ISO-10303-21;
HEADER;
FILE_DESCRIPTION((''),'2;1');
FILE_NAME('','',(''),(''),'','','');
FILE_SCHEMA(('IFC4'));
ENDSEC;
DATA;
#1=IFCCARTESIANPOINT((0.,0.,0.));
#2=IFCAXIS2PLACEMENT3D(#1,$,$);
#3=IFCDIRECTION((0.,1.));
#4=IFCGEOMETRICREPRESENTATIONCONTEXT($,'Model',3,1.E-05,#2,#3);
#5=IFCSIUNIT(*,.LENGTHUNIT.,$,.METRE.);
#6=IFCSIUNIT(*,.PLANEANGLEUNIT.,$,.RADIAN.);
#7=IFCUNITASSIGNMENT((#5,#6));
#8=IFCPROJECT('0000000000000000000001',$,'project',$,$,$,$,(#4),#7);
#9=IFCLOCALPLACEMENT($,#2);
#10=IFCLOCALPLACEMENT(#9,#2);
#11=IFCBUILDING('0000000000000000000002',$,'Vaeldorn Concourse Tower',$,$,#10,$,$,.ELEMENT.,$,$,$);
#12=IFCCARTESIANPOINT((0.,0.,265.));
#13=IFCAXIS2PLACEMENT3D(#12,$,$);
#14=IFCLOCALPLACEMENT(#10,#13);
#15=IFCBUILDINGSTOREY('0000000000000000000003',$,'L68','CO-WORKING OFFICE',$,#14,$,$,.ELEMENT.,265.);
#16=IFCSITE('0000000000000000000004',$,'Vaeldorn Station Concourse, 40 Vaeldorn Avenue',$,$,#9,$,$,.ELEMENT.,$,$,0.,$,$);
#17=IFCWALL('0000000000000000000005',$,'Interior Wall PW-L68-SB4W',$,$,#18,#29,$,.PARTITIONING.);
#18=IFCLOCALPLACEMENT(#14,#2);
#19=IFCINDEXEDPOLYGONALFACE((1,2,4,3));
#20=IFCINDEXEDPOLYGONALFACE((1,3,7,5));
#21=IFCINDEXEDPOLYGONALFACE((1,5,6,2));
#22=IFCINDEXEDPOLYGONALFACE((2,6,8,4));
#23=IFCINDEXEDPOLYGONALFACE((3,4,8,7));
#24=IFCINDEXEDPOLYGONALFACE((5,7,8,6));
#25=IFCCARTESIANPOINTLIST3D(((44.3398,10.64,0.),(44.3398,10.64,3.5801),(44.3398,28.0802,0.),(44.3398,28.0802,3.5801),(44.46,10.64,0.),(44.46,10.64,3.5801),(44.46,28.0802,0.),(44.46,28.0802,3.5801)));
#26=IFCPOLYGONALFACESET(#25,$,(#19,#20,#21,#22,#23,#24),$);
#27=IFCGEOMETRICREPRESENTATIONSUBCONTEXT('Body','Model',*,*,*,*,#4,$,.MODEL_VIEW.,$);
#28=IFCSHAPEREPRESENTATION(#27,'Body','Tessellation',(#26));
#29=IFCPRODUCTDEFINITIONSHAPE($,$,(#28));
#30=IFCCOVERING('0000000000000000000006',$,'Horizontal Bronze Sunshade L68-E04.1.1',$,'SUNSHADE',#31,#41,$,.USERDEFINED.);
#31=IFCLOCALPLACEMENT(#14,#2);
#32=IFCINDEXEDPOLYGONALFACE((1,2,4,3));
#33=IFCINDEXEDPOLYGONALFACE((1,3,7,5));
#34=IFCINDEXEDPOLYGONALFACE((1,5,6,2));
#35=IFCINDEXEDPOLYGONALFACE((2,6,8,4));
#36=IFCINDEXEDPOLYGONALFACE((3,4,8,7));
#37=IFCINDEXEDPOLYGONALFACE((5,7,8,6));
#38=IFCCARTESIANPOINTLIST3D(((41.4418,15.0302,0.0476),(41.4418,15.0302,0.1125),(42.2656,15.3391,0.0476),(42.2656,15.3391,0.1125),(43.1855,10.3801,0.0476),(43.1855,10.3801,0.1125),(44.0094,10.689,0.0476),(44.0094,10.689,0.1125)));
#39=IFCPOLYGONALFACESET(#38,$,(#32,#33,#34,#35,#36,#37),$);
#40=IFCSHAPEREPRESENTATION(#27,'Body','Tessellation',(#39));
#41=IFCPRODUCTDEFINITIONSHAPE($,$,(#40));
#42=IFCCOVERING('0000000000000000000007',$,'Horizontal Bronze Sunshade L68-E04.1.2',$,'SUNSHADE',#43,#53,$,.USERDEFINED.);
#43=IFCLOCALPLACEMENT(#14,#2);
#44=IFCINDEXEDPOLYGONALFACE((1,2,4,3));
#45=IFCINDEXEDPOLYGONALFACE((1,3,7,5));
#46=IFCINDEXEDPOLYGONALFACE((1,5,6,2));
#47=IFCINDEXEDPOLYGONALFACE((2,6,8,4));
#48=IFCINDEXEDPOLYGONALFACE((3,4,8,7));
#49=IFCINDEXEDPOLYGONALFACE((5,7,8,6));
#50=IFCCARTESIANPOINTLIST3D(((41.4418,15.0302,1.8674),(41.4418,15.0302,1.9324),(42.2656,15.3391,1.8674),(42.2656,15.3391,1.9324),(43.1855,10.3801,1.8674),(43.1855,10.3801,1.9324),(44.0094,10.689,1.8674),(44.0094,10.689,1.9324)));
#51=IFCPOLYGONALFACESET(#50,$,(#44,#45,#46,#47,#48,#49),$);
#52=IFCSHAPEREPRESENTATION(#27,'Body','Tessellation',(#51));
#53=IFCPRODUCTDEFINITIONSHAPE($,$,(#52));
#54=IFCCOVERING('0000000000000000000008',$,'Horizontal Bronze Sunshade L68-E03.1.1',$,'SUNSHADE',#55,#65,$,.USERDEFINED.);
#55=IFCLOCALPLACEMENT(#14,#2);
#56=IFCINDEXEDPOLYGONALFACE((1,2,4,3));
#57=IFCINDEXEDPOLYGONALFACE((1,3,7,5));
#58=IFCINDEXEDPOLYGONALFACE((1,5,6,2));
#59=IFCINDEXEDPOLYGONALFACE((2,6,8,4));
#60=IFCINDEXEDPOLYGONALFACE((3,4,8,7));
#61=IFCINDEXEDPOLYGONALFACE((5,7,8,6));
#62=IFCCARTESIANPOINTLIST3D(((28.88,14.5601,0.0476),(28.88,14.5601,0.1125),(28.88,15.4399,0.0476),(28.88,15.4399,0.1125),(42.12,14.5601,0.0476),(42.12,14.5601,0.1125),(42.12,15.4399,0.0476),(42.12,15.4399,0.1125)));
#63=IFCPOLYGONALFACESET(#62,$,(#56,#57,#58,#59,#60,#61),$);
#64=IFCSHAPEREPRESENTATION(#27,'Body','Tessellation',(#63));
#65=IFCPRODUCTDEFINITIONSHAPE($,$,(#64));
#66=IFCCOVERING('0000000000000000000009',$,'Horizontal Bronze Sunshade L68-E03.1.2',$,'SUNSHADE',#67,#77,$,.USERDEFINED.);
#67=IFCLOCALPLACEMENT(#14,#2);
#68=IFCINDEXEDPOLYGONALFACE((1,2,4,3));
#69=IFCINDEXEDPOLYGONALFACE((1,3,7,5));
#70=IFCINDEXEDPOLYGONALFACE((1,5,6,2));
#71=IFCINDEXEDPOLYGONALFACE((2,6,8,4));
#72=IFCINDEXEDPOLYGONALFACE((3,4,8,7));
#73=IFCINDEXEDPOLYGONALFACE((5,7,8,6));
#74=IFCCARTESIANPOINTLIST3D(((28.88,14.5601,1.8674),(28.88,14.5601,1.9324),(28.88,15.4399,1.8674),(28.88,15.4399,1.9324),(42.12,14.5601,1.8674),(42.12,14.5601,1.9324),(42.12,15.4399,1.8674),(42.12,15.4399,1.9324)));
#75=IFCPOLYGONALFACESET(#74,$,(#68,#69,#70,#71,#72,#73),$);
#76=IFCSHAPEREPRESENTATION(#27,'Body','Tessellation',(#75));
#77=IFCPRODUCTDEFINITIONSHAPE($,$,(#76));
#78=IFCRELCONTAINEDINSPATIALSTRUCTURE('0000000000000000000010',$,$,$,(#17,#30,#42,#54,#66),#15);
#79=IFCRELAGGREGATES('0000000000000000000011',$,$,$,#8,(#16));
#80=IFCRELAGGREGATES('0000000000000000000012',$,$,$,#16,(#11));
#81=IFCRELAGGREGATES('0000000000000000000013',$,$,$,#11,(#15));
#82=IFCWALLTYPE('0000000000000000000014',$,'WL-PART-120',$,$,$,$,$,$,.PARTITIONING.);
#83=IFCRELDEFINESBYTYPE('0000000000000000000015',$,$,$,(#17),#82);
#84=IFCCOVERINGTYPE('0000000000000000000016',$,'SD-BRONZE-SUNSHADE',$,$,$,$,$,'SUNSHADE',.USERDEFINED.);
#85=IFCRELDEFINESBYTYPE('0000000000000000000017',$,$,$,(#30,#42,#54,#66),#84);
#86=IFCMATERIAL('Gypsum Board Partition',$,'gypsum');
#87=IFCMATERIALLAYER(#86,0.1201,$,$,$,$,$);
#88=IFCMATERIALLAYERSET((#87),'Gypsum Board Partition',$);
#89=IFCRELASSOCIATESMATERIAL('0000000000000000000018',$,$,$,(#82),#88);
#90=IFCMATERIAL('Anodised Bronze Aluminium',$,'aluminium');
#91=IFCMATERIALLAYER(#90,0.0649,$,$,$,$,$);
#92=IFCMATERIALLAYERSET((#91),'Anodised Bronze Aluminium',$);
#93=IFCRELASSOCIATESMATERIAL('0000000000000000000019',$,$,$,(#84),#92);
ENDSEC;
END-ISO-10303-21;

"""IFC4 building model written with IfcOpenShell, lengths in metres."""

from ifc_helpers import new_model, si_unit, direction, frame, frame_2d, origin, origin_2d, place, context, subcontext, project, spatial, rectangle, extrude, source, transform, mapped, material, layer, layer_set, type_object, element, save


model = new_model("IFC4")

# Units and contexts
model_context = context("Model", 3, precision=1e-05, world=origin(), true_north=direction((0.0, 1.0)))
body_context = subcontext(model_context, "Body", "Model", "MODEL_VIEW")
ifc_project = project(units=[si_unit("LENGTHUNIT", "METRE"), si_unit("PLANEANGLEUNIT", "RADIAN")], contexts=[model_context])

# Site, building, storey
site_placement = place(None, origin())
site = spatial("IfcSite", under=ifc_project, at=site_placement, Name="Vaeldorn Station Concourse, 40 Vaeldorn Avenue", CompositionType="ELEMENT", RefElevation=0.0)
building_placement = place(site_placement, origin())
building = spatial("IfcBuilding", under=site, at=building_placement, Name="Vaeldorn Concourse Tower", CompositionType="ELEMENT")
storey_placement = place(building_placement, frame((0.0, 0.0, 265.0)))
storey = spatial("IfcBuildingStorey", under=building, at=storey_placement, Name="L68", Description="CO-WORKING OFFICE", CompositionType="ELEMENT", Elevation=265.0)

# Shared definitions
ifc_material_1 = material(Name="Anodised Bronze Aluminium", Category="aluminium")

# Wall
ifc_material_2 = material(Name="Gypsum Board Partition", Category="gypsum")
ifc_layer_1 = layer(ifc_material_2, 0.1201)
ifc_layer_set_1 = layer_set([ifc_layer_1], Name="Gypsum Board Partition")
wall_type = type_object("IfcWallType", Name="WL-PART-120", PredefinedType="PARTITIONING", material=ifc_layer_set_1)
wall_placement = place(storey_placement, frame((44.3999, 10.6399, 0.0), z_axis=(0.0, 0.0, 1.0), x_axis=(0.0, 1.0, 0.0)))
element("IfcWall", 1, at=wall_placement, inside=storey, type_object=wall_type, Name="Interior Wall PW-L68-SB4W", PredefinedType="PARTITIONING", context=body_context, shape_type="SweptSolid", body=[
    extrude(rectangle(XDim=17.4402, YDim=0.1201, at=frame_2d((8.7202, 0.0))), origin(), (0.0, 0.0, 1.0), 3.5801),
])

# Coverings
ifc_layer_2 = layer(ifc_material_1, 0.0649)
ifc_layer_set_2 = layer_set([ifc_layer_2], Name="Anodised Bronze Aluminium")
covering_type = type_object("IfcCoveringType", Name="SD-BRONZE-SUNSHADE", ElementType="SUNSHADE", PredefinedType="USERDEFINED", material=ifc_layer_set_2)
shared_shape_1 = source(origin(), body_context, "Body", "SweptSolid", [
    extrude(rectangle(XDim=4.9663, YDim=0.8799, at=origin_2d()), origin(), (0.0, 0.0, 1.0), 0.0649),
])
for number, where, z_axis, x_axis, name in (
    (2, (42.7256, 12.8596, 0.0476), (0.0, 0.0, 1.0), (0.351123, -0.936329, 0.0), "Horizontal Bronze Sunshade L68-E04.1.1"),
    (3, (42.7256, 12.8596, 1.8674), (0.0, 0.0, 1.0), (0.351123, -0.936329, 0.0), "Horizontal Bronze Sunshade L68-E04.1.2"),
):
    element("IfcCovering", number, at=place(storey_placement, frame(where, z_axis=z_axis, x_axis=x_axis)), inside=storey, type_object=covering_type, Name=name, ObjectType="SUNSHADE", PredefinedType="USERDEFINED", context=body_context, shape_type="MappedRepresentation", body=[
        mapped(shared_shape_1, transform((0.0, 0.0, 0.0), scale=1.0)),
    ])
shared_shape_2 = source(origin(), body_context, "Body", "SweptSolid", [
    extrude(rectangle(XDim=13.24, YDim=0.8799, at=origin_2d()), origin(), (0.0, 0.0, 1.0), 0.0649),
])
for number, where, z_axis, x_axis, name in (
    (4, (35.5, 15.0, 0.0476), (0.0, 0.0, 1.0), (1.0, 0.0, 0.0), "Horizontal Bronze Sunshade L68-E03.1.1"),
    (5, (35.5, 15.0, 1.8674), (0.0, 0.0, 1.0), (1.0, 0.0, 0.0), "Horizontal Bronze Sunshade L68-E03.1.2"),
):
    element("IfcCovering", number, at=place(storey_placement, frame(where, z_axis=z_axis, x_axis=x_axis)), inside=storey, type_object=covering_type, Name=name, ObjectType="SUNSHADE", PredefinedType="USERDEFINED", context=body_context, shape_type="MappedRepresentation", body=[
        mapped(shared_shape_2, transform((0.0, 0.0, 0.0), scale=1.0)),
    ])

save(model, "model.ifc")
